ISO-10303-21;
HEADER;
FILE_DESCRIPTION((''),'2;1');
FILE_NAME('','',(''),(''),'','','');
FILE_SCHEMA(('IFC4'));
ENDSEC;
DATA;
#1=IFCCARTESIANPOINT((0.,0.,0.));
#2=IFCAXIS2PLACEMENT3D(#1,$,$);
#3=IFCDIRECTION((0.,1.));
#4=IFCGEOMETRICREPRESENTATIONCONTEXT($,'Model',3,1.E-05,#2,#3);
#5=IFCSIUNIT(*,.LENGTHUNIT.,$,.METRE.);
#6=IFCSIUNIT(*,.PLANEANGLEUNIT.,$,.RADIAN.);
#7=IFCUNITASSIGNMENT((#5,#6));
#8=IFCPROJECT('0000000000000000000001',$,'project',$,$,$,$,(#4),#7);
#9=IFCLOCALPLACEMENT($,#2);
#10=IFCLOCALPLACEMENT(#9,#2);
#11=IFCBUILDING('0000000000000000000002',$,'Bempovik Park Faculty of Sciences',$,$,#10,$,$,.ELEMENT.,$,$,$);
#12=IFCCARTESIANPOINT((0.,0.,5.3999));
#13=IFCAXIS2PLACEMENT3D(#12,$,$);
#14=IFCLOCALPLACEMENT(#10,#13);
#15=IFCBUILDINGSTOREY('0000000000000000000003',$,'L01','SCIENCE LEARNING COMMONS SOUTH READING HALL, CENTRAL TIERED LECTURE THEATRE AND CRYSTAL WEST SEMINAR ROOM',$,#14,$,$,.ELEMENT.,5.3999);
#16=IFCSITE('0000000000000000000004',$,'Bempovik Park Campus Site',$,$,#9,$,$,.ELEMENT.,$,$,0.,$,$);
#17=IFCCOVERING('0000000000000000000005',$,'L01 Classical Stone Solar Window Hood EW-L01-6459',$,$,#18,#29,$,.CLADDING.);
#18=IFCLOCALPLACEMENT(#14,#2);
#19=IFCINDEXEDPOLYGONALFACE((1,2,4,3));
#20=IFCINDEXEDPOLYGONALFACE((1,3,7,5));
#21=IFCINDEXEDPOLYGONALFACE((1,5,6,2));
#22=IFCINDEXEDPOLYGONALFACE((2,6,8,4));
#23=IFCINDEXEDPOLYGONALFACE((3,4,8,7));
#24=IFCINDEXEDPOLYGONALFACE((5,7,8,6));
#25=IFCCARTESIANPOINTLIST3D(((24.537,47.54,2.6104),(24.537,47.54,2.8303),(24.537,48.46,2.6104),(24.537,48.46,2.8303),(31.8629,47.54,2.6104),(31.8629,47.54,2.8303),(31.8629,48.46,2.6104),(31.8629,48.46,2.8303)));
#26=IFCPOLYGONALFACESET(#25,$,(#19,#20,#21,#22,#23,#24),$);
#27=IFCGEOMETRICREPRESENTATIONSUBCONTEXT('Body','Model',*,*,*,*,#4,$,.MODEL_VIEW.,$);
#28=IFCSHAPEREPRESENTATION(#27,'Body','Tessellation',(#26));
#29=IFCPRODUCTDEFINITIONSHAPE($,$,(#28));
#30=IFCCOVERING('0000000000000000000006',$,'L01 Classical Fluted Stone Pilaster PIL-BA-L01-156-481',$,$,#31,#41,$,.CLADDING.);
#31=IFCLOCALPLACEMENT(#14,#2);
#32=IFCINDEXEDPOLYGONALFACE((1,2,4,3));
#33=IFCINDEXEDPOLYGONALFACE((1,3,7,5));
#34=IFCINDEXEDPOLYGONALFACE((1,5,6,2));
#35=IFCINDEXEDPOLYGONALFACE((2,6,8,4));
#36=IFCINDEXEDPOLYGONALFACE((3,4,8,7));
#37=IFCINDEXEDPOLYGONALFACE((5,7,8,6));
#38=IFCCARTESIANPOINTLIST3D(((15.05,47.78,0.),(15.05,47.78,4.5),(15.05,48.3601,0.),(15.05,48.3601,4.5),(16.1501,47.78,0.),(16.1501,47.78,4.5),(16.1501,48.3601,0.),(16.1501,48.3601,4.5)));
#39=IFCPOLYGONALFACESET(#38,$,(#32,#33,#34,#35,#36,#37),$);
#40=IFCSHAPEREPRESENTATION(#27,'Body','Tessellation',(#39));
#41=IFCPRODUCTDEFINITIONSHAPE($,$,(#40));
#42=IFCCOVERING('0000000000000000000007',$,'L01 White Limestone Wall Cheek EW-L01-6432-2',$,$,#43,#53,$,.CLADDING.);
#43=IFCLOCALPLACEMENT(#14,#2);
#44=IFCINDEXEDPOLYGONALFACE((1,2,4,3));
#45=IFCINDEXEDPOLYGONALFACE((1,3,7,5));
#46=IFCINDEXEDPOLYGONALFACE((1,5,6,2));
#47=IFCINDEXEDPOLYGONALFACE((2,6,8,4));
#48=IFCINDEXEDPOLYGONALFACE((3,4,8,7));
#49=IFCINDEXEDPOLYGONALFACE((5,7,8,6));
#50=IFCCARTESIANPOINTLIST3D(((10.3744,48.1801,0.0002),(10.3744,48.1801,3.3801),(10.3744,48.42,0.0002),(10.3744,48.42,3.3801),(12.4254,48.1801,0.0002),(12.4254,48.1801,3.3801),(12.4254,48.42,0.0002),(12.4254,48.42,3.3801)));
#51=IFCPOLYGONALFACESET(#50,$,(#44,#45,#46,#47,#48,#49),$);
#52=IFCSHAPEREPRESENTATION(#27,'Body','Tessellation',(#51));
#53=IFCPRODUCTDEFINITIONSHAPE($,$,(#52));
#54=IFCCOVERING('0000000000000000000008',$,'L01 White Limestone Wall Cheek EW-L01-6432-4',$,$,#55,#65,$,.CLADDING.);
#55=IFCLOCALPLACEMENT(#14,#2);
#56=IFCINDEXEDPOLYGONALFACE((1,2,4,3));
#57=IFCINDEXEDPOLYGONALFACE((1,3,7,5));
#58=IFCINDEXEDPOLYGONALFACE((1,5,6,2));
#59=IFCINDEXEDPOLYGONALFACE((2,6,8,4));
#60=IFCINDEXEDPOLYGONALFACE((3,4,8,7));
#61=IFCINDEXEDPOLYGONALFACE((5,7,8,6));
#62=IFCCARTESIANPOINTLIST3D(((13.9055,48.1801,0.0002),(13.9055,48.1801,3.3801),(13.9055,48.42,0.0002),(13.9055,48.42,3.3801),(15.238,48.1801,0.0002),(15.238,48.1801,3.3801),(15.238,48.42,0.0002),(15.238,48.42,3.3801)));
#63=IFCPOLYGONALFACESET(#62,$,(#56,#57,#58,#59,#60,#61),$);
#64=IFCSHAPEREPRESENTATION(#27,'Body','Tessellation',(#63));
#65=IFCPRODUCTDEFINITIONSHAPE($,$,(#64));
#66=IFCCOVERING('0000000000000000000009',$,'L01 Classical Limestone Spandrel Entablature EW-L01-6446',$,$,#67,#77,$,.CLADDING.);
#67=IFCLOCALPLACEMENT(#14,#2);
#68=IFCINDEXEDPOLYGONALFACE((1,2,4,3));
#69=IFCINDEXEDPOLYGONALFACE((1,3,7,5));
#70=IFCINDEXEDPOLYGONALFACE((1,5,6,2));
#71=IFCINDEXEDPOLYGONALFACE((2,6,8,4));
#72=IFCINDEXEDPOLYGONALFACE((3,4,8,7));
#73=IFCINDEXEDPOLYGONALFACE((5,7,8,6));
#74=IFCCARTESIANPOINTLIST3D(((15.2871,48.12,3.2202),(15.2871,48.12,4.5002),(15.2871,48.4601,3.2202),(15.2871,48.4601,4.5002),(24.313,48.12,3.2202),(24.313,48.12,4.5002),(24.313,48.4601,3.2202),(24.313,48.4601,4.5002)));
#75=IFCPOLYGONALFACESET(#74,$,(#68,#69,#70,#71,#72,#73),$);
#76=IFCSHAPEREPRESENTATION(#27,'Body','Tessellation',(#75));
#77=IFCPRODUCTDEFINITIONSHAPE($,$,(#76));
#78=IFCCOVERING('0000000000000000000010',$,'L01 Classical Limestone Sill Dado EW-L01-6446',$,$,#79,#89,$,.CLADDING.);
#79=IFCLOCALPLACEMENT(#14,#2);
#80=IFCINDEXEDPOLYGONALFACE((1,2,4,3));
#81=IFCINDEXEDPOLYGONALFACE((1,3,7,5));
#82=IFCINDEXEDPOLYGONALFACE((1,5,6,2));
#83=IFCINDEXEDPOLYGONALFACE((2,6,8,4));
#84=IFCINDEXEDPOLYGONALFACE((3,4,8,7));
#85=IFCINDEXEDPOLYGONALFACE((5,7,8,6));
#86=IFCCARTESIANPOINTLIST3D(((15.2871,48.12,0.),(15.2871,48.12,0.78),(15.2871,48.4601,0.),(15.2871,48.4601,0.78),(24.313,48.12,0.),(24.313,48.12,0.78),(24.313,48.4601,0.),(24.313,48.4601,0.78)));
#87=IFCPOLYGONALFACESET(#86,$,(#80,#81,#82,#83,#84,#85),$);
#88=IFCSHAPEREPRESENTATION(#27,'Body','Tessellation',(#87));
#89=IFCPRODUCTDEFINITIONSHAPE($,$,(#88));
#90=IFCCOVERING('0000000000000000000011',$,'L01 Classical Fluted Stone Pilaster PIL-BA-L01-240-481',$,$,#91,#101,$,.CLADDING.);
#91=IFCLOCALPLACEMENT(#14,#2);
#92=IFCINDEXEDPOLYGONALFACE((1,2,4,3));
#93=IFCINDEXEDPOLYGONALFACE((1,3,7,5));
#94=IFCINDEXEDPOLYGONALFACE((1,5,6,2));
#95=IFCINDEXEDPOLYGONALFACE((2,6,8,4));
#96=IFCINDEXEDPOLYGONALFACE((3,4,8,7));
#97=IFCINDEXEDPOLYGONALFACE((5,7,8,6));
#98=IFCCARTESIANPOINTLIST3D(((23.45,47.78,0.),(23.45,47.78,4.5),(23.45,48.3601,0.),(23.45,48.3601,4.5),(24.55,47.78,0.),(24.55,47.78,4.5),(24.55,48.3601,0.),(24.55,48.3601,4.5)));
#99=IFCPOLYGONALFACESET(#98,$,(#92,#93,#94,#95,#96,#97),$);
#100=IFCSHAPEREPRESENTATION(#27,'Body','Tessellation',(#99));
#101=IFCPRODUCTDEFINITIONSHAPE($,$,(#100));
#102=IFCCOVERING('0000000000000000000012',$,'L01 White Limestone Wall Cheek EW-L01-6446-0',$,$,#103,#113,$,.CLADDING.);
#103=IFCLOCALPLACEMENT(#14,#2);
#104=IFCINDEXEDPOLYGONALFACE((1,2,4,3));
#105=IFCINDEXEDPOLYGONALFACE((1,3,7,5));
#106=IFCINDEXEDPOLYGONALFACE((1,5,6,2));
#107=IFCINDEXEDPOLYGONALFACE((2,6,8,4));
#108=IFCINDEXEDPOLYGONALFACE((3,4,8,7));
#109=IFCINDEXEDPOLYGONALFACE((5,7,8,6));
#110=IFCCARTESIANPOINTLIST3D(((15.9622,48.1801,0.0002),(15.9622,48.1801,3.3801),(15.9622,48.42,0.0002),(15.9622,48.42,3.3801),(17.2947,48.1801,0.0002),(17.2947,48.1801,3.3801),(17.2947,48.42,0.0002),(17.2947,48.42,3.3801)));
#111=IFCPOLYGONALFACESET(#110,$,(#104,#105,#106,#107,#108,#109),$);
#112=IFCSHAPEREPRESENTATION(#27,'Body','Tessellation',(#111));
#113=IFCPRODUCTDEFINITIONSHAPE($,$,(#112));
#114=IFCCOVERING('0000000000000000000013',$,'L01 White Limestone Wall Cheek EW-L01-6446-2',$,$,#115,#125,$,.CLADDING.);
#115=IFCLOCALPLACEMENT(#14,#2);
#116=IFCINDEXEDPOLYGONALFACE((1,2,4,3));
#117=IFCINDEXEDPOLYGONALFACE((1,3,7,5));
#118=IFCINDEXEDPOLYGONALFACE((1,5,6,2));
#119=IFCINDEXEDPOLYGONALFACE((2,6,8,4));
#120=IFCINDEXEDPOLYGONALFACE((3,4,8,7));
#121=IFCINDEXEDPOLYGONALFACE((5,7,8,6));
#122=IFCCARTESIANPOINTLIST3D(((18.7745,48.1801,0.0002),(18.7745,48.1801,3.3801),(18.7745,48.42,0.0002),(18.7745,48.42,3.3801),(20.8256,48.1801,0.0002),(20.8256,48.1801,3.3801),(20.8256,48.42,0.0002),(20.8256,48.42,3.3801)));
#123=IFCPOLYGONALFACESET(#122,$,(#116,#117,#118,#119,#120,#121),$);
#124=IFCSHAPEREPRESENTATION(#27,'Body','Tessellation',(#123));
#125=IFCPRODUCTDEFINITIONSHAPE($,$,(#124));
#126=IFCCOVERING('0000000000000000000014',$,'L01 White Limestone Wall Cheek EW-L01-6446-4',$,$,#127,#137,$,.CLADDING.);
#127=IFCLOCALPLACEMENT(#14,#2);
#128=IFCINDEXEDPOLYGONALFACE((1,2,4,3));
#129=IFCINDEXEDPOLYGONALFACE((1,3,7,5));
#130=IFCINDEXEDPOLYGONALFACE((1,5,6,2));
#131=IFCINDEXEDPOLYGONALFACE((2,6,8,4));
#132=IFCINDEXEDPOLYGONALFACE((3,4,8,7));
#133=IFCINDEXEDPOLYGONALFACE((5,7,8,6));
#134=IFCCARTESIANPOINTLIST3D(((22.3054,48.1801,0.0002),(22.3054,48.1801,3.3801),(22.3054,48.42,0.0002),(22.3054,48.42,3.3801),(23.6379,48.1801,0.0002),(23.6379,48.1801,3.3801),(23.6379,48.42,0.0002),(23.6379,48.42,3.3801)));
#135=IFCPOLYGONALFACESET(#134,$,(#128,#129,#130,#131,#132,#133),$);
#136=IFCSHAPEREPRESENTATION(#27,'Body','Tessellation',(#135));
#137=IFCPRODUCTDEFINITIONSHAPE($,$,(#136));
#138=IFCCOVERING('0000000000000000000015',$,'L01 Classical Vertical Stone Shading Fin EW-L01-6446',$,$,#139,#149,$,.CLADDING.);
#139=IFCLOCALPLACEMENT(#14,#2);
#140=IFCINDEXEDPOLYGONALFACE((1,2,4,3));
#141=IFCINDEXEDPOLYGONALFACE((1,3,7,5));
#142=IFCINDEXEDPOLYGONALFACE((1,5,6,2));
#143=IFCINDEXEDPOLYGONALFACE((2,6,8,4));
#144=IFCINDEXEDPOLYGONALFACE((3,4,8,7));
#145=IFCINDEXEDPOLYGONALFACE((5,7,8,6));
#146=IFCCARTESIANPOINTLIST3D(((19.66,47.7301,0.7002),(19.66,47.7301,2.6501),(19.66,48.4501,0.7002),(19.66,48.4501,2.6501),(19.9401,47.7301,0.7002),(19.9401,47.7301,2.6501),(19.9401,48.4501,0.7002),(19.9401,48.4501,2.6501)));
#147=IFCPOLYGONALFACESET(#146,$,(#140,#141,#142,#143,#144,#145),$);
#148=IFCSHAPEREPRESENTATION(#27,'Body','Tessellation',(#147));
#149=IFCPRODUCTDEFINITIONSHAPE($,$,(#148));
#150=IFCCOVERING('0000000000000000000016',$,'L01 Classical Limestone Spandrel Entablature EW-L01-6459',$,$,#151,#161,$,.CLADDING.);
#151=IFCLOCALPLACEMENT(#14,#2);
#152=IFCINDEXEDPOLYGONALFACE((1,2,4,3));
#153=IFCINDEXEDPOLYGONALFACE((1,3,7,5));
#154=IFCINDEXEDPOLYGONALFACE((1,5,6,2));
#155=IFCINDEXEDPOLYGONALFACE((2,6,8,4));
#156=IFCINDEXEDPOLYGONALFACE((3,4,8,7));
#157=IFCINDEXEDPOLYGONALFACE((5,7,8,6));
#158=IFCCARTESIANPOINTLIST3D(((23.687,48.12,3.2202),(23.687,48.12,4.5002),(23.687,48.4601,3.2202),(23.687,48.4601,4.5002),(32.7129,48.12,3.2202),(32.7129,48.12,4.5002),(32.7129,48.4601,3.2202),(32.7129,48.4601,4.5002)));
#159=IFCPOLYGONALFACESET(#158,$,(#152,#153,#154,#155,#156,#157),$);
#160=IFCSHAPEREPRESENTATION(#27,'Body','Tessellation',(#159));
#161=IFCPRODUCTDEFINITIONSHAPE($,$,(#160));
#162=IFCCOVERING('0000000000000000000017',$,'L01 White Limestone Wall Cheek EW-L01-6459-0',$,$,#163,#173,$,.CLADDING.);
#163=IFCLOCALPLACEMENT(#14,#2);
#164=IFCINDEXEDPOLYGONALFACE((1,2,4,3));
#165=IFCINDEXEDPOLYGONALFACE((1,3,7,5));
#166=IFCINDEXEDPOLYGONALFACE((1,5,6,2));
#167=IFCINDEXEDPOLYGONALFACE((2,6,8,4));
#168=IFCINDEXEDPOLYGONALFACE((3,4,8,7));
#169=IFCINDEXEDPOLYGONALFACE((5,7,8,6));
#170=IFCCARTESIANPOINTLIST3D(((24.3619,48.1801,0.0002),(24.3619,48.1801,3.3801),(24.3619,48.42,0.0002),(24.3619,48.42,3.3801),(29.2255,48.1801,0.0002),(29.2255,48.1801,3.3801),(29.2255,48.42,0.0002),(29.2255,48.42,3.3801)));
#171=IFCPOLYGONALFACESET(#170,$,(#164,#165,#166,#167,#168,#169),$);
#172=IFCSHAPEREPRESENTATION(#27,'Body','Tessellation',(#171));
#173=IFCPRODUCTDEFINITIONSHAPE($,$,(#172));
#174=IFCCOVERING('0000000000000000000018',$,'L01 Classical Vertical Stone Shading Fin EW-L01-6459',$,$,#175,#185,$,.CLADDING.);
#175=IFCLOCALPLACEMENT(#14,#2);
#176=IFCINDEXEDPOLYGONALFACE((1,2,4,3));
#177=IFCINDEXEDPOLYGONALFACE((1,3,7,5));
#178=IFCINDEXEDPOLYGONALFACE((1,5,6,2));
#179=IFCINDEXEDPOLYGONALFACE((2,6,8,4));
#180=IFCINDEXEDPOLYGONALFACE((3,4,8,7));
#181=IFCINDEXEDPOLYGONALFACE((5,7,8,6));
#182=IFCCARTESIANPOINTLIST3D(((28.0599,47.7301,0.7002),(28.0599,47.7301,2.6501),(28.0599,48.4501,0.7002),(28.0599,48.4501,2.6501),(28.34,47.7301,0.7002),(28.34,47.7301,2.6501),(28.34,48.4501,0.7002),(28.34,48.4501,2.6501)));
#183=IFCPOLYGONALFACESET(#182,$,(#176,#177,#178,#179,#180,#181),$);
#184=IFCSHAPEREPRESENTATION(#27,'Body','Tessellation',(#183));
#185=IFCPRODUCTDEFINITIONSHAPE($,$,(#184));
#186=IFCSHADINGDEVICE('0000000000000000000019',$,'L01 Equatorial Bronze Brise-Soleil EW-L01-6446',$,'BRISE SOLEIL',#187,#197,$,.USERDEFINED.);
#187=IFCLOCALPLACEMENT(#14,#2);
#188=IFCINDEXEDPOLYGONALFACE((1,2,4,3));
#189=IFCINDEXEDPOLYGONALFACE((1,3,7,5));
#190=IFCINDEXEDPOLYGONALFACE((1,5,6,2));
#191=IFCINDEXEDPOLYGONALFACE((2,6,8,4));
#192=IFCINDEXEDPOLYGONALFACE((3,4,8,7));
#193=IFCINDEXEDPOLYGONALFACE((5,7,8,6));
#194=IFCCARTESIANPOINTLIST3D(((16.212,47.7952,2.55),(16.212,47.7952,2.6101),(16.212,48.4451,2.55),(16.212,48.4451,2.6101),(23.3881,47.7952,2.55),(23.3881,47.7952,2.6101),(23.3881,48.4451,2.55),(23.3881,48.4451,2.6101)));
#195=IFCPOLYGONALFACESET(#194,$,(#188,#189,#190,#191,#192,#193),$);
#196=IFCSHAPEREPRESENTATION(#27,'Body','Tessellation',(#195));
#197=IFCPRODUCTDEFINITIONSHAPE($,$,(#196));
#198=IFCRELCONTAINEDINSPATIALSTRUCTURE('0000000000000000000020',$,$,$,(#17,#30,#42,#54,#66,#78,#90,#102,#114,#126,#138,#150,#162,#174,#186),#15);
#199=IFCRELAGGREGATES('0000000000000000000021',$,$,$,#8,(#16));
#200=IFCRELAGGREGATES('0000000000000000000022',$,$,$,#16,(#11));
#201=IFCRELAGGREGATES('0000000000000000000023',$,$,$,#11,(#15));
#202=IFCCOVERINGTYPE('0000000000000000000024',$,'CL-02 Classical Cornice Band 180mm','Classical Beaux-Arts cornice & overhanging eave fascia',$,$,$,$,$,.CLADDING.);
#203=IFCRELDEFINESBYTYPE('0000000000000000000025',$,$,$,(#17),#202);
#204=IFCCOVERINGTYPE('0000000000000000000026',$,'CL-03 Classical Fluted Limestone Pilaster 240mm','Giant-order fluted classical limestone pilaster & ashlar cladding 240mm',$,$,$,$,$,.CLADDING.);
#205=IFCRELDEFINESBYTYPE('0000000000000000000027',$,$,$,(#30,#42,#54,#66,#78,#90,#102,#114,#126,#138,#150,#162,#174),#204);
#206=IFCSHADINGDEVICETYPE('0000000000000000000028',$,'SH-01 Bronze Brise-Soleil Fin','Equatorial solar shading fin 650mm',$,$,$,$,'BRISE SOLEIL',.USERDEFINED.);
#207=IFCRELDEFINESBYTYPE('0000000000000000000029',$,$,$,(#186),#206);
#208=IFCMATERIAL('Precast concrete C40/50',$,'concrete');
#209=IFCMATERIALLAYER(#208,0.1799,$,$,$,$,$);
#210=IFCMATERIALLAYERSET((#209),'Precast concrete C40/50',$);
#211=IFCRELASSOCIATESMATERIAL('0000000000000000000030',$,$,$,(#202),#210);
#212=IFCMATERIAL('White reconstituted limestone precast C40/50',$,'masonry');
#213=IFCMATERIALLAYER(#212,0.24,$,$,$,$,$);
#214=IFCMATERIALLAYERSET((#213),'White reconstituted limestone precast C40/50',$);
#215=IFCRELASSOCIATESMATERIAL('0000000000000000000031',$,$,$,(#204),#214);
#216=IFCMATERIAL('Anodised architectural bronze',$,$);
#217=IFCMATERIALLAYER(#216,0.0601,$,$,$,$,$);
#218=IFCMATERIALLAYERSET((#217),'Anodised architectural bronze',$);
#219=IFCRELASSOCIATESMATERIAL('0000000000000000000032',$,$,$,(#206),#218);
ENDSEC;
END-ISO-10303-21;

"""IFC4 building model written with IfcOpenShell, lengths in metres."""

from ifc_helpers import new_model, si_unit, direction, frame, origin, origin_2d, place, context, subcontext, project, spatial, rectangle, extrude, material, layer, layer_set, type_object, element, save


model = new_model("IFC4")

# Units and contexts
model_context = context("Model", 3, precision=1e-05, world=origin(), true_north=direction((0.0, 1.0)))
body_context = subcontext(model_context, "Body", "Model", "MODEL_VIEW")
ifc_project = project(units=[si_unit("LENGTHUNIT", "METRE"), si_unit("PLANEANGLEUNIT", "RADIAN")], contexts=[model_context])

# Site, building, storey
site_placement = place(None, origin())
site = spatial("IfcSite", under=ifc_project, at=site_placement, Name="Bempovik Park Campus Site", CompositionType="ELEMENT", RefElevation=0.0)
building_placement = place(site_placement, origin())
building = spatial("IfcBuilding", under=site, at=building_placement, Name="Bempovik Park Faculty of Sciences", CompositionType="ELEMENT")
storey_placement = place(building_placement, frame((0.0, 0.0, 5.3999)))
storey = spatial("IfcBuildingStorey", under=building, at=storey_placement, Name="L01", Description="SCIENCE LEARNING COMMONS SOUTH READING HALL, CENTRAL TIERED LECTURE THEATRE AND CRYSTAL WEST SEMINAR ROOM", CompositionType="ELEMENT", Elevation=5.3999)

# Shared definitions
ifc_material_1 = material(Name="Precast concrete C40/50", Category="concrete")

# Coverings
ifc_layer_1 = layer(ifc_material_1, 0.1799)
ifc_layer_set_1 = layer_set([ifc_layer_1], Name="Precast concrete C40/50")
covering_type_1 = type_object("IfcCoveringType", Name="CL-02 Classical Cornice Band 180mm", Description="Classical Beaux-Arts cornice & overhanging eave fascia", PredefinedType="CLADDING", material=ifc_layer_set_1)
covering_1_placement = place(storey_placement, frame((28.2, 48.0, 2.6104), z_axis=(0.0, 0.0, 1.0), x_axis=(1.0, 0.0, 0.0)))
element("IfcCovering", 1, at=covering_1_placement, inside=storey, type_object=covering_type_1, Name="L01 Classical Stone Solar Window Hood EW-L01-6459", PredefinedType="CLADDING", context=body_context, shape_type="SweptSolid", body=[
    extrude(rectangle(XDim=7.3259, YDim=0.9199, at=origin_2d()), origin(), (0.0, 0.0, 1.0), 0.22),
])
ifc_material_2 = material(Name="White reconstituted limestone precast C40/50", Category="masonry")
ifc_layer_2 = layer(ifc_material_2, 0.24)
ifc_layer_set_2 = layer_set([ifc_layer_2], Name="White reconstituted limestone precast C40/50")
covering_type_2 = type_object("IfcCoveringType", Name="CL-03 Classical Fluted Limestone Pilaster 240mm", Description="Giant-order fluted classical limestone pilaster & ashlar cladding 240mm", PredefinedType="CLADDING", material=ifc_layer_set_2)
covering_2_placement = place(storey_placement, frame((15.6001, 48.0701, 0.0), z_axis=(0.0, 0.0, 1.0), x_axis=(1.0, 0.0, 0.0)))
element("IfcCovering", 2, at=covering_2_placement, inside=storey, type_object=covering_type_2, Name="L01 Classical Fluted Stone Pilaster PIL-BA-L01-156-481", PredefinedType="CLADDING", context=body_context, shape_type="SweptSolid", body=[
    extrude(rectangle(XDim=1.1001, YDim=0.5801, at=origin_2d()), origin(), (0.0, 0.0, 1.0), 4.5),
])
covering_3_placement = place(storey_placement, frame((11.3999, 48.3, 0.0002), z_axis=(0.0, 0.0, 1.0), x_axis=(1.0, 0.0, 0.0)))
element("IfcCovering", 3, at=covering_3_placement, inside=storey, type_object=covering_type_2, Name="L01 White Limestone Wall Cheek EW-L01-6432-2", PredefinedType="CLADDING", context=body_context, shape_type="SweptSolid", body=[
    extrude(rectangle(XDim=2.051, YDim=0.24, at=origin_2d()), origin(), (0.0, 0.0, 1.0), 3.3799),
])
covering_4_placement = place(storey_placement, frame((14.5718, 48.3, 0.0002), z_axis=(0.0, 0.0, 1.0), x_axis=(1.0, 0.0, 0.0)))
element("IfcCovering", 4, at=covering_4_placement, inside=storey, type_object=covering_type_2, Name="L01 White Limestone Wall Cheek EW-L01-6432-4", PredefinedType="CLADDING", context=body_context, shape_type="SweptSolid", body=[
    extrude(rectangle(XDim=1.3325, YDim=0.24, at=origin_2d()), origin(), (0.0, 0.0, 1.0), 3.3799),
])
covering_5_placement = place(storey_placement, frame((19.8, 48.29, 3.2202), z_axis=(0.0, 0.0, 1.0), x_axis=(1.0, 0.0, 0.0)))
element("IfcCovering", 5, at=covering_5_placement, inside=storey, type_object=covering_type_2, Name="L01 Classical Limestone Spandrel Entablature EW-L01-6446", PredefinedType="CLADDING", context=body_context, shape_type="SweptSolid", body=[
    extrude(rectangle(XDim=9.0259, YDim=0.3401, at=origin_2d()), origin(), (0.0, 0.0, 1.0), 1.28),
])
covering_6_placement = place(storey_placement, frame((19.8, 48.29, 0.0), z_axis=(0.0, 0.0, 1.0), x_axis=(1.0, 0.0, 0.0)))
element("IfcCovering", 6, at=covering_6_placement, inside=storey, type_object=covering_type_2, Name="L01 Classical Limestone Sill Dado EW-L01-6446", PredefinedType="CLADDING", context=body_context, shape_type="SweptSolid", body=[
    extrude(rectangle(XDim=9.0259, YDim=0.3401, at=origin_2d()), origin(), (0.0, 0.0, 1.0), 0.78),
])
covering_7_placement = place(storey_placement, frame((24.0, 48.0701, 0.0), z_axis=(0.0, 0.0, 1.0), x_axis=(1.0, 0.0, 0.0)))
element("IfcCovering", 7, at=covering_7_placement, inside=storey, type_object=covering_type_2, Name="L01 Classical Fluted Stone Pilaster PIL-BA-L01-240-481", PredefinedType="CLADDING", context=body_context, shape_type="SweptSolid", body=[
    extrude(rectangle(XDim=1.1001, YDim=0.5801, at=origin_2d()), origin(), (0.0, 0.0, 1.0), 4.5),
])
covering_8_placement = place(storey_placement, frame((16.6284, 48.3, 0.0002), z_axis=(0.0, 0.0, 1.0), x_axis=(1.0, 0.0, 0.0)))
element("IfcCovering", 8, at=covering_8_placement, inside=storey, type_object=covering_type_2, Name="L01 White Limestone Wall Cheek EW-L01-6446-0", PredefinedType="CLADDING", context=body_context, shape_type="SweptSolid", body=[
    extrude(rectangle(XDim=1.3325, YDim=0.24, at=origin_2d()), origin(), (0.0, 0.0, 1.0), 3.3799),
])
covering_9_placement = place(storey_placement, frame((19.8, 48.3, 0.0002), z_axis=(0.0, 0.0, 1.0), x_axis=(1.0, 0.0, 0.0)))
element("IfcCovering", 9, at=covering_9_placement, inside=storey, type_object=covering_type_2, Name="L01 White Limestone Wall Cheek EW-L01-6446-2", PredefinedType="CLADDING", context=body_context, shape_type="SweptSolid", body=[
    extrude(rectangle(XDim=2.051, YDim=0.24, at=origin_2d()), origin(), (0.0, 0.0, 1.0), 3.3799),
])
covering_10_placement = place(storey_placement, frame((22.9717, 48.3, 0.0002), z_axis=(0.0, 0.0, 1.0), x_axis=(1.0, 0.0, 0.0)))
element("IfcCovering", 10, at=covering_10_placement, inside=storey, type_object=covering_type_2, Name="L01 White Limestone Wall Cheek EW-L01-6446-4", PredefinedType="CLADDING", context=body_context, shape_type="SweptSolid", body=[
    extrude(rectangle(XDim=1.3325, YDim=0.24, at=origin_2d()), origin(), (0.0, 0.0, 1.0), 3.3799),
])
covering_11_placement = place(storey_placement, frame((19.8, 48.0901, 0.7002), z_axis=(0.0, 0.0, 1.0), x_axis=(1.0, 0.0, 0.0)))
element("IfcCovering", 11, at=covering_11_placement, inside=storey, type_object=covering_type_2, Name="L01 Classical Vertical Stone Shading Fin EW-L01-6446", PredefinedType="CLADDING", context=body_context, shape_type="SweptSolid", body=[
    extrude(rectangle(XDim=0.28, YDim=0.72, at=origin_2d()), origin(), (0.0, 0.0, 1.0), 1.95),
])
covering_12_placement = place(storey_placement, frame((28.2, 48.29, 3.2202), z_axis=(0.0, 0.0, 1.0), x_axis=(1.0, 0.0, 0.0)))
element("IfcCovering", 12, at=covering_12_placement, inside=storey, type_object=covering_type_2, Name="L01 Classical Limestone Spandrel Entablature EW-L01-6459", PredefinedType="CLADDING", context=body_context, shape_type="SweptSolid", body=[
    extrude(rectangle(XDim=9.0259, YDim=0.3401, at=origin_2d()), origin(), (0.0, 0.0, 1.0), 1.28),
])
covering_13_placement = place(storey_placement, frame((26.7937, 48.3, 0.0002), z_axis=(0.0, 0.0, 1.0), x_axis=(1.0, 0.0, 0.0)))
element("IfcCovering", 13, at=covering_13_placement, inside=storey, type_object=covering_type_2, Name="L01 White Limestone Wall Cheek EW-L01-6459-0", PredefinedType="CLADDING", context=body_context, shape_type="SweptSolid", body=[
    extrude(rectangle(XDim=4.8635, YDim=0.24, at=origin_2d()), origin(), (0.0, 0.0, 1.0), 3.3799),
])
covering_14_placement = place(storey_placement, frame((28.2, 48.0901, 0.7002), z_axis=(0.0, 0.0, 1.0), x_axis=(1.0, 0.0, 0.0)))
element("IfcCovering", 14, at=covering_14_placement, inside=storey, type_object=covering_type_2, Name="L01 Classical Vertical Stone Shading Fin EW-L01-6459", PredefinedType="CLADDING", context=body_context, shape_type="SweptSolid", body=[
    extrude(rectangle(XDim=0.28, YDim=0.72, at=origin_2d()), origin(), (0.0, 0.0, 1.0), 1.95),
])

# Shading device
ifc_material_3 = material(Name="Anodised architectural bronze")
ifc_layer_3 = layer(ifc_material_3, 0.0601)
ifc_layer_set_3 = layer_set([ifc_layer_3], Name="Anodised architectural bronze")
shading_device_type = type_object("IfcShadingDeviceType", Name="SH-01 Bronze Brise-Soleil Fin", Description="Equatorial solar shading fin 650mm", ElementType="BRISE SOLEIL", PredefinedType="USERDEFINED", material=ifc_layer_set_3)
for number, where, z_axis, x_axis, name in (
    (15, (19.8, 48.1201, 2.55), (0.0, 0.0, 1.0), (1.0, 0.0, 0.0), "L01 Equatorial Bronze Brise-Soleil EW-L01-6446"),
):
    element("IfcShadingDevice", number, at=place(storey_placement, frame(where, z_axis=z_axis, x_axis=x_axis)), inside=storey, type_object=shading_device_type, Name=name, ObjectType="BRISE SOLEIL", PredefinedType="USERDEFINED", context=body_context, shape_type="SweptSolid", body=[
        extrude(rectangle(XDim=7.176, YDim=0.6499, at=origin_2d()), origin(), (0.0, 0.0, 1.0), 0.0601),
    ])

save(model, "model.ifc")
